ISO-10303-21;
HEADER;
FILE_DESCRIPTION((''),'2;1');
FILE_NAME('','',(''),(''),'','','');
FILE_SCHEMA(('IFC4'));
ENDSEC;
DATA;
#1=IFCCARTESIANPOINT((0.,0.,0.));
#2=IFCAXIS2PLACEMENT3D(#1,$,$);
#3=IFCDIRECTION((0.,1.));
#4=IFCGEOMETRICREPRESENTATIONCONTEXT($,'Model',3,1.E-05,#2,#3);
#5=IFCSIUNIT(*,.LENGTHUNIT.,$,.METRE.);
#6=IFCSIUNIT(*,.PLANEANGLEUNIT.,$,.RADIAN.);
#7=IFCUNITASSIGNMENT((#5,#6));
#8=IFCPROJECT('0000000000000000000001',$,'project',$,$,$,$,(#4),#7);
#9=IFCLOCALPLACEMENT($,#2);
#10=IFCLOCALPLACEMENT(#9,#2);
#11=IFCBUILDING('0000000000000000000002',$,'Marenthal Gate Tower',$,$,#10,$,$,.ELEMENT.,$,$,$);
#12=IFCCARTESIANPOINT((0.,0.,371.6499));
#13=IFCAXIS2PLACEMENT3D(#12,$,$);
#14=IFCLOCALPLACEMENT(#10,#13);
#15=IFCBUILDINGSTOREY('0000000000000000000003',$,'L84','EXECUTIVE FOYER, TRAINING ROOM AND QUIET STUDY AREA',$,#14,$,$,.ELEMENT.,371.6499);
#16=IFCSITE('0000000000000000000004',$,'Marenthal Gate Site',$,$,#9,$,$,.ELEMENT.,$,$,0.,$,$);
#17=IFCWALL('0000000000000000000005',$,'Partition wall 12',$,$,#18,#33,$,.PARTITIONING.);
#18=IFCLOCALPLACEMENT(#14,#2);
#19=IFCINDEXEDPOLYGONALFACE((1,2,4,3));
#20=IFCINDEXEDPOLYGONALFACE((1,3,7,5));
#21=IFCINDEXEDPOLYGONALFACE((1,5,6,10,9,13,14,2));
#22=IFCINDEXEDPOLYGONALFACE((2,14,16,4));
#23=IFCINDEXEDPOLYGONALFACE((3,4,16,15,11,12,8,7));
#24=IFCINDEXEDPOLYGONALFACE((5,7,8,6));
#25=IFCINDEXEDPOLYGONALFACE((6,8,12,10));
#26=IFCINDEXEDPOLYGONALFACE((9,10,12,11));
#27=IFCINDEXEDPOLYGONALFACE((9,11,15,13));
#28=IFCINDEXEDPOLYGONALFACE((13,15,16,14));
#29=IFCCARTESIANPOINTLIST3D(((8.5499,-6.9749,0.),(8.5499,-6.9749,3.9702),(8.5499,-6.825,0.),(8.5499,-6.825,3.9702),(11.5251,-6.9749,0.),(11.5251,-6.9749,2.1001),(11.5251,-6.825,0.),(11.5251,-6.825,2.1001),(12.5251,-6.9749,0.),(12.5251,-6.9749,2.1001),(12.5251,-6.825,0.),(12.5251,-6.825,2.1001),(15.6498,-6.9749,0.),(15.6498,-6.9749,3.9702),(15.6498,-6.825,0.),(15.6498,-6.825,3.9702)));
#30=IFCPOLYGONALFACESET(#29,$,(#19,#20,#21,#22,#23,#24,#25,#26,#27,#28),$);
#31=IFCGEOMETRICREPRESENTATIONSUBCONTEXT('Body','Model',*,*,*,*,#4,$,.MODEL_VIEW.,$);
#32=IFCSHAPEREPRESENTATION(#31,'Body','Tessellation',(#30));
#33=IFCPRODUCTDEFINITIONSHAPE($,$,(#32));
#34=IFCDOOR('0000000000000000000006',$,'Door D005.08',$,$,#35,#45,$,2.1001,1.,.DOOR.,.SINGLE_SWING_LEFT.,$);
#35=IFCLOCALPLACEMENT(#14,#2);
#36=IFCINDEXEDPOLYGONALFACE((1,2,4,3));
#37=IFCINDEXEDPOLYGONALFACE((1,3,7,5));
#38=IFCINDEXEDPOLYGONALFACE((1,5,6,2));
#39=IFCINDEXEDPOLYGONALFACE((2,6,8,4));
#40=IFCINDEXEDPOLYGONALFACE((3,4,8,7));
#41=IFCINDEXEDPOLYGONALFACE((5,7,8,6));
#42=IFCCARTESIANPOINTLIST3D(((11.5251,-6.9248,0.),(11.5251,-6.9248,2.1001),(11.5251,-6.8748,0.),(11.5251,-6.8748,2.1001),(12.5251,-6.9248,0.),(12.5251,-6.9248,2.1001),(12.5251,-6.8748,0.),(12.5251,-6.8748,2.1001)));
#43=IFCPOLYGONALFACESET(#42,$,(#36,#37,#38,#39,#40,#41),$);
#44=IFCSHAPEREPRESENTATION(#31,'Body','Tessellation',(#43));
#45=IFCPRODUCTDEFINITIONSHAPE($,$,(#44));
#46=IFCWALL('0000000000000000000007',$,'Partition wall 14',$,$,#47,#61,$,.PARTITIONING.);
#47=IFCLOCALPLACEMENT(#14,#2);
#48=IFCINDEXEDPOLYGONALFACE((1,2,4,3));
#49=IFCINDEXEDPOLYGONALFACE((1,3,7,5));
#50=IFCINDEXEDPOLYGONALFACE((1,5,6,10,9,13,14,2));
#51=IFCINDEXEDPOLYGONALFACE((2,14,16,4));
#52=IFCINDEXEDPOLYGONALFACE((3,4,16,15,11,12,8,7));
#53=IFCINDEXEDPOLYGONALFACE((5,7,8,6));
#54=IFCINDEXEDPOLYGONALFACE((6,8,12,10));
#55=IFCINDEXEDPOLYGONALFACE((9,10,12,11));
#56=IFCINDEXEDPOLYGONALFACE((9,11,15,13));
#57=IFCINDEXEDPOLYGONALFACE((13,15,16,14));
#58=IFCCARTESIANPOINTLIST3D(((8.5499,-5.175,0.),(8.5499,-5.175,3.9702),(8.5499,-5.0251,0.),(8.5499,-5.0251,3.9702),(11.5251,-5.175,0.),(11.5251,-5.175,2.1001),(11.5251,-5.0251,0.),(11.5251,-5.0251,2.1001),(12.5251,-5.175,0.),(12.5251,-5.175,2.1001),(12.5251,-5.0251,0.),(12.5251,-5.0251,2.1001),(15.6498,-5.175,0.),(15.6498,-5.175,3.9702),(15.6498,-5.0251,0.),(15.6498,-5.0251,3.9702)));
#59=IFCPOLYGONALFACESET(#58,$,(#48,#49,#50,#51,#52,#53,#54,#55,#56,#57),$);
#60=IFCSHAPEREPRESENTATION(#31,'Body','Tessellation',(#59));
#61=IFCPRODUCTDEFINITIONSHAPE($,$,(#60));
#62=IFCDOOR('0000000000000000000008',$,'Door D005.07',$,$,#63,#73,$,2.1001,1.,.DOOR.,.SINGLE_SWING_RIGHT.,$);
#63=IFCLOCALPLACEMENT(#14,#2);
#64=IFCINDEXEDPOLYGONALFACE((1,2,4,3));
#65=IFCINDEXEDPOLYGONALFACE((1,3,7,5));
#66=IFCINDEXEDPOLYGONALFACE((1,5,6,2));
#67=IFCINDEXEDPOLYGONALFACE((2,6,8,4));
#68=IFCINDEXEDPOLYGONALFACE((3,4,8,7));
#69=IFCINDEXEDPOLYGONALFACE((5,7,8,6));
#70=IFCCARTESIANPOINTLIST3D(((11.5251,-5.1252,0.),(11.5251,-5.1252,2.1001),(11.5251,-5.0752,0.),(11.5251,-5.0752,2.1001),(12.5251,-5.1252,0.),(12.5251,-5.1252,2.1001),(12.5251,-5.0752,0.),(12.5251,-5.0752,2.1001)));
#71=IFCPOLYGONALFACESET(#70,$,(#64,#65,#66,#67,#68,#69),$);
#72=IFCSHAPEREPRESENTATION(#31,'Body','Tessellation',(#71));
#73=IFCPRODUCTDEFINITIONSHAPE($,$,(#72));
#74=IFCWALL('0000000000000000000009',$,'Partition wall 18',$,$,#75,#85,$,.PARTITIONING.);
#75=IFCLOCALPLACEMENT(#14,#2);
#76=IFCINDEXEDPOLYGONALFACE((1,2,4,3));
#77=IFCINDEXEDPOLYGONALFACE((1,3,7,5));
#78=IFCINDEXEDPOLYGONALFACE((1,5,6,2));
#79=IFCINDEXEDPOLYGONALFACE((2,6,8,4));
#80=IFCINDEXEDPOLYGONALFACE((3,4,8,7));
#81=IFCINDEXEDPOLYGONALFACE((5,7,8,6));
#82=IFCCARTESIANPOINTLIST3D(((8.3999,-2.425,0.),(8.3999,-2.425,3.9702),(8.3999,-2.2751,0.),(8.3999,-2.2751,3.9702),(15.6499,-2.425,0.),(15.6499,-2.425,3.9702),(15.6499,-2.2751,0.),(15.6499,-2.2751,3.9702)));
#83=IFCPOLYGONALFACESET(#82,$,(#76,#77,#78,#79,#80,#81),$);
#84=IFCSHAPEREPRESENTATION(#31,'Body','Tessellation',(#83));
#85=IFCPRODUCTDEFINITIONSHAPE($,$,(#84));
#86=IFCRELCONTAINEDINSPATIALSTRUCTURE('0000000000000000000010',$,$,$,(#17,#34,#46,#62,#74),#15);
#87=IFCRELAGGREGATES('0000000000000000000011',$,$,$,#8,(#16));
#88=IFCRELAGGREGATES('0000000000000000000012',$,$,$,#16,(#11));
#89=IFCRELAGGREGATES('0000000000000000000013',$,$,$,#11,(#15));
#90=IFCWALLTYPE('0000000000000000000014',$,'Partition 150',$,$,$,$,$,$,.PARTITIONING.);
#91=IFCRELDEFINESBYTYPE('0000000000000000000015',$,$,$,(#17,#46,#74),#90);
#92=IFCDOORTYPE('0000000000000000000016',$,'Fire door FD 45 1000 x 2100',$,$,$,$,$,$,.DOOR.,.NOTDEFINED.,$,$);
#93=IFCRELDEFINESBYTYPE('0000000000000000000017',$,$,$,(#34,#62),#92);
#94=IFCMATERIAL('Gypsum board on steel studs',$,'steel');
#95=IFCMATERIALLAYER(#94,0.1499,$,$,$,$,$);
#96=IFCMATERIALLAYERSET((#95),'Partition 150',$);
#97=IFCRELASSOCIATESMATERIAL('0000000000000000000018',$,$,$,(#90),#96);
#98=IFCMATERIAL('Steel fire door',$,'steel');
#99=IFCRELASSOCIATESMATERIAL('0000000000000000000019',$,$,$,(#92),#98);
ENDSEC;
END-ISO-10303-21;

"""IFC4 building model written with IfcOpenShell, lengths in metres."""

from ifc_helpers import new_model, si_unit, direction, frame, frame_2d, origin, place, context, subcontext, project, spatial, rectangle, extrude, material, layer, layer_set, type_object, element, fill, save


model = new_model("IFC4")

# Units and contexts
model_context = context("Model", 3, precision=1e-05, world=origin(), true_north=direction((0.0, 1.0)))
body_context = subcontext(model_context, "Body", "Model", "MODEL_VIEW")
ifc_project = project(units=[si_unit("LENGTHUNIT", "METRE"), si_unit("PLANEANGLEUNIT", "RADIAN")], contexts=[model_context])

# Site, building, storey
site_placement = place(None, origin())
site = spatial("IfcSite", under=ifc_project, at=site_placement, Name="Marenthal Gate Site", CompositionType="ELEMENT", RefElevation=0.0)
building_placement = place(site_placement, origin())
building = spatial("IfcBuilding", under=site, at=building_placement, Name="Marenthal Gate Tower", CompositionType="ELEMENT")
storey_placement = place(building_placement, frame((0.0, 0.0, 371.6499)))
storey = spatial("IfcBuildingStorey", under=building, at=storey_placement, Name="L84", Description="EXECUTIVE FOYER, TRAINING ROOM AND QUIET STUDY AREA", CompositionType="ELEMENT", Elevation=371.6499)

# Walls, openings, doors
ifc_material_1 = material(Name="Gypsum board on steel studs", Category="steel")
ifc_layer_1 = layer(ifc_material_1, 0.1499)
ifc_layer_set_1 = layer_set([ifc_layer_1], Name="Partition 150")
wall_type_1 = type_object("IfcWallType", Name="Partition 150", PredefinedType="PARTITIONING", material=ifc_layer_set_1)
wall_1_placement = place(storey_placement, frame((8.55, -6.8999, 0.0), z_axis=(0.0, 0.0, 1.0), x_axis=(1.0, 0.0, 0.0)))
wall_1 = element("IfcWall", 1, at=wall_1_placement, inside=storey, type_object=wall_type_1, Name="Partition wall 12", PredefinedType="PARTITIONING", context=body_context, shape_type="SweptSolid", body=[
    extrude(rectangle(XDim=7.0999, YDim=0.1499, at=frame_2d((3.5498, 0.0))), origin(), (0.0, 0.0, 1.0), 3.9702),
])
opening_1_placement = place(wall_1_placement, frame((2.9751, 0.0, 0.0)))
opening_1 = element("IfcOpeningElement", 2, at=opening_1_placement, cuts=wall_1, PredefinedType="OPENING", context=body_context, shape_type="SweptSolid", body=[
    extrude(rectangle(XDim=1.0, YDim=2.1001, at=frame_2d((0.5, 1.05))), frame((0.0, 0.085, 0.0), z_axis=(0.0, -1.0, 0.0), x_axis=(1.0, 0.0, 0.0)), (0.0, 0.0, 1.0), 0.1699),
])
ifc_material_2 = material(Name="Steel fire door", Category="steel")
door_type = type_object("IfcDoorType", Name="Fire door FD 45 1000 x 2100", OperationType="NOTDEFINED", PredefinedType="DOOR", material=ifc_material_2)
door_1_placement = place(opening_1_placement, frame((1.0, 0.0, 0.0), z_axis=(0.0, 0.0, 1.0), x_axis=(-1.0, 0.0, 0.0)))
door_1 = element("IfcDoor", 3, at=door_1_placement, inside=storey, type_object=door_type, Name="Door D005.08", OperationType="SINGLE_SWING_LEFT", OverallHeight=2.1001, OverallWidth=1.0, PredefinedType="DOOR", context=body_context, shape_type="SweptSolid", body=[
    extrude(rectangle(XDim=1.0, YDim=2.1001, at=frame_2d((0.5, 1.05))), frame((0.0, 0.0249, 0.0), z_axis=(0.0, -1.0, 0.0), x_axis=(1.0, 0.0, 0.0)), (0.0, 0.0, 1.0), 0.05),
])
fill(opening_1, door_1)
wall_2_placement = place(storey_placement, frame((8.55, -5.1001, 0.0), z_axis=(0.0, 0.0, 1.0), x_axis=(1.0, 0.0, 0.0)))
wall_2 = element("IfcWall", 4, at=wall_2_placement, inside=storey, type_object=wall_type_1, Name="Partition wall 14", PredefinedType="PARTITIONING", context=body_context, shape_type="SweptSolid", body=[
    extrude(rectangle(XDim=7.0999, YDim=0.1499, at=frame_2d((3.5498, 0.0))), origin(), (0.0, 0.0, 1.0), 3.9702),
])
opening_2_placement = place(wall_2_placement, frame((2.9751, 0.0, 0.0)))
opening_2 = element("IfcOpeningElement", 5, at=opening_2_placement, cuts=wall_2, PredefinedType="OPENING", context=body_context, shape_type="SweptSolid", body=[
    extrude(rectangle(XDim=1.0, YDim=2.1001, at=frame_2d((0.5, 1.05))), frame((0.0, 0.085, 0.0), z_axis=(0.0, -1.0, 0.0), x_axis=(1.0, 0.0, 0.0)), (0.0, 0.0, 1.0), 0.1699),
])
door_2_placement = place(opening_2_placement, origin())
door_2 = element("IfcDoor", 6, at=door_2_placement, inside=storey, type_object=door_type, Name="Door D005.07", OperationType="SINGLE_SWING_RIGHT", OverallHeight=2.1001, OverallWidth=1.0, PredefinedType="DOOR", context=body_context, shape_type="SweptSolid", body=[
    extrude(rectangle(XDim=1.0, YDim=2.1001, at=frame_2d((0.5, 1.05))), frame((0.0, 0.0249, 0.0), z_axis=(0.0, -1.0, 0.0), x_axis=(1.0, 0.0, 0.0)), (0.0, 0.0, 1.0), 0.05),
])
fill(opening_2, door_2)

# Wall
wall_3_placement = place(storey_placement, frame((8.3999, -2.3501, 0.0), z_axis=(0.0, 0.0, 1.0), x_axis=(1.0, 0.0, 0.0)))
element("IfcWall", 7, at=wall_3_placement, inside=storey, type_object=wall_type_1, Name="Partition wall 18", PredefinedType="PARTITIONING", context=body_context, shape_type="SweptSolid", body=[
    extrude(rectangle(XDim=7.25, YDim=0.1499, at=frame_2d((3.625, 0.0))), origin(), (0.0, 0.0, 1.0), 3.9702),
])

save(model, "model.ifc")
